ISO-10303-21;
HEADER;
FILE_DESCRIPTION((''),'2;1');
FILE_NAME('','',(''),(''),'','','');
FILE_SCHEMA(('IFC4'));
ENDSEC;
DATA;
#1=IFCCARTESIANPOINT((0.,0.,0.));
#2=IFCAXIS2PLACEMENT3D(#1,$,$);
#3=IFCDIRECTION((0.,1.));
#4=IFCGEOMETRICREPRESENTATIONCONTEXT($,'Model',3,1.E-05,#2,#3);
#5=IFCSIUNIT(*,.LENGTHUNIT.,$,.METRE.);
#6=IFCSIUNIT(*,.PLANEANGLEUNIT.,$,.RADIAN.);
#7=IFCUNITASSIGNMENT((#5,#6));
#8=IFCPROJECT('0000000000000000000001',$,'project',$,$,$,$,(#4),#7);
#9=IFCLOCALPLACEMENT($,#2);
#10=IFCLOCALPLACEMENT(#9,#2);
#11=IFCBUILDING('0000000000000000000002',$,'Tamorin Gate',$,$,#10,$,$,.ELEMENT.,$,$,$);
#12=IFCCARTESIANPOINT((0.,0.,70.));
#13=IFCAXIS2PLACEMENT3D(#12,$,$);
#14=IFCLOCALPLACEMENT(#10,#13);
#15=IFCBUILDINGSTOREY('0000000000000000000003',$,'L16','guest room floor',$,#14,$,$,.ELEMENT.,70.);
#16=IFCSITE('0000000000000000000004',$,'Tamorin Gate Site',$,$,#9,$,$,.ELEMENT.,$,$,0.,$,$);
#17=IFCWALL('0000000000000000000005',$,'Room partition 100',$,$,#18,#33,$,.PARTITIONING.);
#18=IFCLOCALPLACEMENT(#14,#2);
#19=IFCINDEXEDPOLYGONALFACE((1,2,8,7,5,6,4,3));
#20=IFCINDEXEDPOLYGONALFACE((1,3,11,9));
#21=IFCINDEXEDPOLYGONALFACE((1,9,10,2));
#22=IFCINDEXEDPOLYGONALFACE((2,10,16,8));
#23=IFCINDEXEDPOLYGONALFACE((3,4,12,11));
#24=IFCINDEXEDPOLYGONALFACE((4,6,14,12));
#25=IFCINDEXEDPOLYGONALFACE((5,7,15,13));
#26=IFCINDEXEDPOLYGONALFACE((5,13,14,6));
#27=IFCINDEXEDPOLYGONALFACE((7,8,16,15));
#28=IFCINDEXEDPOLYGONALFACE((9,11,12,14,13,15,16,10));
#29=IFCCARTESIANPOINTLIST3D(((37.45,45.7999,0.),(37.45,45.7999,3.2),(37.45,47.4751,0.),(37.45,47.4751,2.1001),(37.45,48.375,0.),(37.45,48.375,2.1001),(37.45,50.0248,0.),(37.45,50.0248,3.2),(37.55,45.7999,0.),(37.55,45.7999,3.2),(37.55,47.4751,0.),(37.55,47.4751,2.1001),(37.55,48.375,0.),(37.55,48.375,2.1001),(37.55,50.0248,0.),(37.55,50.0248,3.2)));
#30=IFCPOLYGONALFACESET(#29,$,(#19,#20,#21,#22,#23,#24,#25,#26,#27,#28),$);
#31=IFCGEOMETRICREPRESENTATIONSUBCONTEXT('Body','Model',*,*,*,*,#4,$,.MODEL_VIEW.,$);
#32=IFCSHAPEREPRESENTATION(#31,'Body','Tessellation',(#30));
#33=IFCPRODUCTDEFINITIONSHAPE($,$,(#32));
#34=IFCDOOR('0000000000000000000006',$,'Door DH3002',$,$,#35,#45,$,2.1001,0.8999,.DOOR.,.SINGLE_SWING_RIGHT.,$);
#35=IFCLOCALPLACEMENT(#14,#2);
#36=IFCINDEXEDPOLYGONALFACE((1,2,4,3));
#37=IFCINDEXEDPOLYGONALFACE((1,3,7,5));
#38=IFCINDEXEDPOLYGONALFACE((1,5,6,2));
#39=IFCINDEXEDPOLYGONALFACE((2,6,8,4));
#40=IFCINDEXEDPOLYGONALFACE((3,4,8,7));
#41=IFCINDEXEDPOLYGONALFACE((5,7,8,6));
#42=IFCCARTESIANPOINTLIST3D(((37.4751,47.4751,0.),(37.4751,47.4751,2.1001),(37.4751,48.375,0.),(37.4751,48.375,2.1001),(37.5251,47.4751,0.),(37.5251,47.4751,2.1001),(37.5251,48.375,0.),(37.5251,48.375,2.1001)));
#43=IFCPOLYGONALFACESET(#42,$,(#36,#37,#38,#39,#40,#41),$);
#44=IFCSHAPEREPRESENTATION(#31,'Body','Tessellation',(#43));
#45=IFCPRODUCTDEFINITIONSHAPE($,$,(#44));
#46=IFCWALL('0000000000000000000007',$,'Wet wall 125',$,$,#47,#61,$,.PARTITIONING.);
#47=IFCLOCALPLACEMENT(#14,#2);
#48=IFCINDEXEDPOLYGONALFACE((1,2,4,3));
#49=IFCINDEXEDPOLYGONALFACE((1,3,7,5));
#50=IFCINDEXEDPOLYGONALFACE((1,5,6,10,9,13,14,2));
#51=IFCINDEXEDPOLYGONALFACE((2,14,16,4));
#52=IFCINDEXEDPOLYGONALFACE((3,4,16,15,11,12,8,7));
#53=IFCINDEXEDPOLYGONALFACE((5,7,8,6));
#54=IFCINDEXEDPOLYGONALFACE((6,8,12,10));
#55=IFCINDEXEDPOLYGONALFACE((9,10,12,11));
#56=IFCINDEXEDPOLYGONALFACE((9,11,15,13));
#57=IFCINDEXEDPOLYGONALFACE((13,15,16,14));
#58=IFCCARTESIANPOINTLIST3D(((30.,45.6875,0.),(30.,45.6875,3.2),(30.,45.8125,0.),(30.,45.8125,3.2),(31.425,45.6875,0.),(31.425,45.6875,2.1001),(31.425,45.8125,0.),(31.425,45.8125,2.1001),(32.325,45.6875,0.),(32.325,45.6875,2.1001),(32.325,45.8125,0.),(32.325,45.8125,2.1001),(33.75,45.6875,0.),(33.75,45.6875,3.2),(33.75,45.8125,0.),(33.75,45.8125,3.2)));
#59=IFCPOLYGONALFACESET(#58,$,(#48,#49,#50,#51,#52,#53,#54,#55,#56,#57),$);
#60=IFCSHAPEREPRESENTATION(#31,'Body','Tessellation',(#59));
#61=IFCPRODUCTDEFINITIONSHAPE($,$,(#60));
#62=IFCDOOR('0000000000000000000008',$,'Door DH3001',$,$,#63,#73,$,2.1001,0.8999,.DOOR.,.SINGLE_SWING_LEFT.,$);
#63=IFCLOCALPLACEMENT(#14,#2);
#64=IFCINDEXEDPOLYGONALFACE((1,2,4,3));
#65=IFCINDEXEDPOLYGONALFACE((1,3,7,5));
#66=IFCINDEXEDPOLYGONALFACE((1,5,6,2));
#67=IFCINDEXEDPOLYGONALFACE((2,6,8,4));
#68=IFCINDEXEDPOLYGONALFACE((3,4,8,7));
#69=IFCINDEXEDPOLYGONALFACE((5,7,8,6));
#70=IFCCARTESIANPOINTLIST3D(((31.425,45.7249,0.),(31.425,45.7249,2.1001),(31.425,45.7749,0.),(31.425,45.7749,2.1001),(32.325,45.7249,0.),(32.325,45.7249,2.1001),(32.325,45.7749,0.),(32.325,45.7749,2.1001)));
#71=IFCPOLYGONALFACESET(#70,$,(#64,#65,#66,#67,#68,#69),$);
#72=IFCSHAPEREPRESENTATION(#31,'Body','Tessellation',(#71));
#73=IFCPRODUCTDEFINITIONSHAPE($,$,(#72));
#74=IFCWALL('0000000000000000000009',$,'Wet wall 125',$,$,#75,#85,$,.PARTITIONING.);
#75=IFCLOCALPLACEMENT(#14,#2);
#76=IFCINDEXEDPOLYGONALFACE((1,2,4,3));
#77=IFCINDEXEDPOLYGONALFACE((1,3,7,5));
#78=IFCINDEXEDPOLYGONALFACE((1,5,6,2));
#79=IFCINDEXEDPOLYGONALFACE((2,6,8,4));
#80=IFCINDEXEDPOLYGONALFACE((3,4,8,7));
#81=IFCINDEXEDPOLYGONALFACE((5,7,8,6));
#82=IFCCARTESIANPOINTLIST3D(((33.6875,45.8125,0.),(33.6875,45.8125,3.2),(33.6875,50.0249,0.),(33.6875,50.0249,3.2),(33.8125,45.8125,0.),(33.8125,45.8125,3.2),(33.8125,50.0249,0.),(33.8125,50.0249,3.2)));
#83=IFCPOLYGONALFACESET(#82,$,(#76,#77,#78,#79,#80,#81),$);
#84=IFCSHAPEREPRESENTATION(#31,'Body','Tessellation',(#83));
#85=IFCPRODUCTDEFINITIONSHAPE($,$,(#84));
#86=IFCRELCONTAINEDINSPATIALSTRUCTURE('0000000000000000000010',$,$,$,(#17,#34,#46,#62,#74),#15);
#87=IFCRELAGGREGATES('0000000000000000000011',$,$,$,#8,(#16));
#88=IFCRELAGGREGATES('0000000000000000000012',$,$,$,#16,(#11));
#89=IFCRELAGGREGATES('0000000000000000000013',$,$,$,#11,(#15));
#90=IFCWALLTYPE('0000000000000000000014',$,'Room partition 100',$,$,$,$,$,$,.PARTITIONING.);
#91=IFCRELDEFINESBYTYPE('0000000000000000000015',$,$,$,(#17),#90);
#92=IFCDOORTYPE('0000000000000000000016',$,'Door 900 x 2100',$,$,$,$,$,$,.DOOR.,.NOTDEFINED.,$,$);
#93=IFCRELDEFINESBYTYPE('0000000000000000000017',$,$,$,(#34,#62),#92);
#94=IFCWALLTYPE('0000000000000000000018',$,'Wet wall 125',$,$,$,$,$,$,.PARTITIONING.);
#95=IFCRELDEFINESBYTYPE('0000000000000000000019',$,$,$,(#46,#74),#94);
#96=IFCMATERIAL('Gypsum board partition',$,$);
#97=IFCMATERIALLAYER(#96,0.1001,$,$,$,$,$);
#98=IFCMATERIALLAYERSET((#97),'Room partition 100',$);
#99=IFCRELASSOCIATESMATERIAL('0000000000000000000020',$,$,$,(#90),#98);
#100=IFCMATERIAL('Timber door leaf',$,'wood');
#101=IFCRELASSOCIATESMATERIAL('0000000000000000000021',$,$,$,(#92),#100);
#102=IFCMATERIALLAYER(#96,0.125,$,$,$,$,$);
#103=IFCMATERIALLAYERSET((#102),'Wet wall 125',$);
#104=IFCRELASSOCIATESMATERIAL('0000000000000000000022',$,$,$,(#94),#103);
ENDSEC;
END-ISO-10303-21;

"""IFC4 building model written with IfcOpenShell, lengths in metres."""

from ifc_helpers import new_model, si_unit, direction, frame, frame_2d, origin, place, context, subcontext, project, spatial, rectangle, extrude, material, layer, layer_set, type_object, element, fill, save


model = new_model("IFC4")

# Units and contexts
model_context = context("Model", 3, precision=1e-05, world=origin(), true_north=direction((0.0, 1.0)))
body_context = subcontext(model_context, "Body", "Model", "MODEL_VIEW")
ifc_project = project(units=[si_unit("LENGTHUNIT", "METRE"), si_unit("PLANEANGLEUNIT", "RADIAN")], contexts=[model_context])

# Site, building, storey
site_placement = place(None, origin())
site = spatial("IfcSite", under=ifc_project, at=site_placement, Name="Tamorin Gate Site", CompositionType="ELEMENT", RefElevation=0.0)
building_placement = place(site_placement, origin())
building = spatial("IfcBuilding", under=site, at=building_placement, Name="Tamorin Gate", CompositionType="ELEMENT")
storey_placement = place(building_placement, frame((0.0, 0.0, 70.0)))
storey = spatial("IfcBuildingStorey", under=building, at=storey_placement, Name="L16", Description="guest room floor", CompositionType="ELEMENT", Elevation=70.0)

# Walls, openings, doors
ifc_material_1 = material(Name="Gypsum board partition")
ifc_layer_1 = layer(ifc_material_1, 0.1001)
ifc_layer_set_1 = layer_set([ifc_layer_1], Name="Room partition 100")
wall_type_1 = type_object("IfcWallType", Name="Room partition 100", PredefinedType="PARTITIONING", material=ifc_layer_set_1)
ifc_material_2 = material(Name="Timber door leaf", Category="wood")
door_type = type_object("IfcDoorType", Name="Door 900 x 2100", OperationType="NOTDEFINED", PredefinedType="DOOR", material=ifc_material_2)
wall_1_placement = place(storey_placement, frame((37.5, 45.8, 0.0), z_axis=(0.0, 0.0, 1.0), x_axis=(0.0, 1.0, 0.0)))
wall_1 = element("IfcWall", 1, at=wall_1_placement, inside=storey, type_object=wall_type_1, Name="Room partition 100", PredefinedType="PARTITIONING", context=body_context, shape_type="SweptSolid", body=[
    extrude(rectangle(XDim=4.2249, YDim=0.1001, at=frame_2d((2.1123, 0.0))), origin(), (0.0, 0.0, 1.0), 3.2),
])
opening_1_placement = place(wall_1_placement, frame((1.675, 0.0, 0.0)))
opening_1 = element("IfcOpeningElement", 2, at=opening_1_placement, cuts=wall_1, PredefinedType="OPENING", context=body_context, shape_type="SweptSolid", body=[
    extrude(rectangle(XDim=0.8999, YDim=2.1001, at=frame_2d((0.45, 1.05))), frame((0.0, 0.0601, 0.0), z_axis=(0.0, -1.0, 0.0), x_axis=(1.0, 0.0, 0.0)), (0.0, 0.0, 1.0), 0.1201),
])
door_1_placement = place(opening_1_placement, origin())
door_1 = element("IfcDoor", 3, at=door_1_placement, inside=storey, type_object=door_type, Name="Door DH3002", OperationType="SINGLE_SWING_RIGHT", OverallHeight=2.1001, OverallWidth=0.8999, PredefinedType="DOOR", context=body_context, shape_type="SweptSolid", body=[
    extrude(rectangle(XDim=0.8999, YDim=2.1001, at=frame_2d((0.45, 1.05))), frame((0.0, 0.0249, 0.0), z_axis=(0.0, -1.0, 0.0), x_axis=(1.0, 0.0, 0.0)), (0.0, 0.0, 1.0), 0.05),
])
fill(opening_1, door_1)
ifc_layer_2 = layer(ifc_material_1, 0.125)
ifc_layer_set_2 = layer_set([ifc_layer_2], Name="Wet wall 125")
wall_type_2 = type_object("IfcWallType", Name="Wet wall 125", PredefinedType="PARTITIONING", material=ifc_layer_set_2)
wall_2_placement = place(storey_placement, frame((30.0, 45.75, 0.0), z_axis=(0.0, 0.0, 1.0), x_axis=(1.0, 0.0, 0.0)))
wall_2 = element("IfcWall", 4, at=wall_2_placement, inside=storey, type_object=wall_type_2, Name="Wet wall 125", PredefinedType="PARTITIONING", context=body_context, shape_type="SweptSolid", body=[
    extrude(rectangle(XDim=3.75, YDim=0.125, at=frame_2d((1.875, 0.0))), origin(), (0.0, 0.0, 1.0), 3.2),
])
opening_2_placement = place(wall_2_placement, frame((1.425, 0.0, 0.0)))
opening_2 = element("IfcOpeningElement", 5, at=opening_2_placement, cuts=wall_2, PredefinedType="OPENING", context=body_context, shape_type="SweptSolid", body=[
    extrude(rectangle(XDim=0.8999, YDim=2.1001, at=frame_2d((0.45, 1.05))), frame((0.0, 0.0725, 0.0), z_axis=(0.0, -1.0, 0.0), x_axis=(1.0, 0.0, 0.0)), (0.0, 0.0, 1.0), 0.145),
])
door_2_placement = place(opening_2_placement, origin())
door_2 = element("IfcDoor", 6, at=door_2_placement, inside=storey, type_object=door_type, Name="Door DH3001", OperationType="SINGLE_SWING_LEFT", OverallHeight=2.1001, OverallWidth=0.8999, PredefinedType="DOOR", context=body_context, shape_type="SweptSolid", body=[
    extrude(rectangle(XDim=0.8999, YDim=2.1001, at=frame_2d((0.45, 1.05))), frame((0.0, 0.0249, 0.0), z_axis=(0.0, -1.0, 0.0), x_axis=(1.0, 0.0, 0.0)), (0.0, 0.0, 1.0), 0.05),
])
fill(opening_2, door_2)

# Wall
wall_3_placement = place(storey_placement, frame((33.75, 45.8125, 0.0), z_axis=(0.0, 0.0, 1.0), x_axis=(0.0, 1.0, 0.0)))
element("IfcWall", 7, at=wall_3_placement, inside=storey, type_object=wall_type_2, Name="Wet wall 125", PredefinedType="PARTITIONING", context=body_context, shape_type="SweptSolid", body=[
    extrude(rectangle(XDim=4.2124, YDim=0.125, at=frame_2d((2.1062, 0.0))), origin(), (0.0, 0.0, 1.0), 3.2),
])

save(model, "model.ifc")
